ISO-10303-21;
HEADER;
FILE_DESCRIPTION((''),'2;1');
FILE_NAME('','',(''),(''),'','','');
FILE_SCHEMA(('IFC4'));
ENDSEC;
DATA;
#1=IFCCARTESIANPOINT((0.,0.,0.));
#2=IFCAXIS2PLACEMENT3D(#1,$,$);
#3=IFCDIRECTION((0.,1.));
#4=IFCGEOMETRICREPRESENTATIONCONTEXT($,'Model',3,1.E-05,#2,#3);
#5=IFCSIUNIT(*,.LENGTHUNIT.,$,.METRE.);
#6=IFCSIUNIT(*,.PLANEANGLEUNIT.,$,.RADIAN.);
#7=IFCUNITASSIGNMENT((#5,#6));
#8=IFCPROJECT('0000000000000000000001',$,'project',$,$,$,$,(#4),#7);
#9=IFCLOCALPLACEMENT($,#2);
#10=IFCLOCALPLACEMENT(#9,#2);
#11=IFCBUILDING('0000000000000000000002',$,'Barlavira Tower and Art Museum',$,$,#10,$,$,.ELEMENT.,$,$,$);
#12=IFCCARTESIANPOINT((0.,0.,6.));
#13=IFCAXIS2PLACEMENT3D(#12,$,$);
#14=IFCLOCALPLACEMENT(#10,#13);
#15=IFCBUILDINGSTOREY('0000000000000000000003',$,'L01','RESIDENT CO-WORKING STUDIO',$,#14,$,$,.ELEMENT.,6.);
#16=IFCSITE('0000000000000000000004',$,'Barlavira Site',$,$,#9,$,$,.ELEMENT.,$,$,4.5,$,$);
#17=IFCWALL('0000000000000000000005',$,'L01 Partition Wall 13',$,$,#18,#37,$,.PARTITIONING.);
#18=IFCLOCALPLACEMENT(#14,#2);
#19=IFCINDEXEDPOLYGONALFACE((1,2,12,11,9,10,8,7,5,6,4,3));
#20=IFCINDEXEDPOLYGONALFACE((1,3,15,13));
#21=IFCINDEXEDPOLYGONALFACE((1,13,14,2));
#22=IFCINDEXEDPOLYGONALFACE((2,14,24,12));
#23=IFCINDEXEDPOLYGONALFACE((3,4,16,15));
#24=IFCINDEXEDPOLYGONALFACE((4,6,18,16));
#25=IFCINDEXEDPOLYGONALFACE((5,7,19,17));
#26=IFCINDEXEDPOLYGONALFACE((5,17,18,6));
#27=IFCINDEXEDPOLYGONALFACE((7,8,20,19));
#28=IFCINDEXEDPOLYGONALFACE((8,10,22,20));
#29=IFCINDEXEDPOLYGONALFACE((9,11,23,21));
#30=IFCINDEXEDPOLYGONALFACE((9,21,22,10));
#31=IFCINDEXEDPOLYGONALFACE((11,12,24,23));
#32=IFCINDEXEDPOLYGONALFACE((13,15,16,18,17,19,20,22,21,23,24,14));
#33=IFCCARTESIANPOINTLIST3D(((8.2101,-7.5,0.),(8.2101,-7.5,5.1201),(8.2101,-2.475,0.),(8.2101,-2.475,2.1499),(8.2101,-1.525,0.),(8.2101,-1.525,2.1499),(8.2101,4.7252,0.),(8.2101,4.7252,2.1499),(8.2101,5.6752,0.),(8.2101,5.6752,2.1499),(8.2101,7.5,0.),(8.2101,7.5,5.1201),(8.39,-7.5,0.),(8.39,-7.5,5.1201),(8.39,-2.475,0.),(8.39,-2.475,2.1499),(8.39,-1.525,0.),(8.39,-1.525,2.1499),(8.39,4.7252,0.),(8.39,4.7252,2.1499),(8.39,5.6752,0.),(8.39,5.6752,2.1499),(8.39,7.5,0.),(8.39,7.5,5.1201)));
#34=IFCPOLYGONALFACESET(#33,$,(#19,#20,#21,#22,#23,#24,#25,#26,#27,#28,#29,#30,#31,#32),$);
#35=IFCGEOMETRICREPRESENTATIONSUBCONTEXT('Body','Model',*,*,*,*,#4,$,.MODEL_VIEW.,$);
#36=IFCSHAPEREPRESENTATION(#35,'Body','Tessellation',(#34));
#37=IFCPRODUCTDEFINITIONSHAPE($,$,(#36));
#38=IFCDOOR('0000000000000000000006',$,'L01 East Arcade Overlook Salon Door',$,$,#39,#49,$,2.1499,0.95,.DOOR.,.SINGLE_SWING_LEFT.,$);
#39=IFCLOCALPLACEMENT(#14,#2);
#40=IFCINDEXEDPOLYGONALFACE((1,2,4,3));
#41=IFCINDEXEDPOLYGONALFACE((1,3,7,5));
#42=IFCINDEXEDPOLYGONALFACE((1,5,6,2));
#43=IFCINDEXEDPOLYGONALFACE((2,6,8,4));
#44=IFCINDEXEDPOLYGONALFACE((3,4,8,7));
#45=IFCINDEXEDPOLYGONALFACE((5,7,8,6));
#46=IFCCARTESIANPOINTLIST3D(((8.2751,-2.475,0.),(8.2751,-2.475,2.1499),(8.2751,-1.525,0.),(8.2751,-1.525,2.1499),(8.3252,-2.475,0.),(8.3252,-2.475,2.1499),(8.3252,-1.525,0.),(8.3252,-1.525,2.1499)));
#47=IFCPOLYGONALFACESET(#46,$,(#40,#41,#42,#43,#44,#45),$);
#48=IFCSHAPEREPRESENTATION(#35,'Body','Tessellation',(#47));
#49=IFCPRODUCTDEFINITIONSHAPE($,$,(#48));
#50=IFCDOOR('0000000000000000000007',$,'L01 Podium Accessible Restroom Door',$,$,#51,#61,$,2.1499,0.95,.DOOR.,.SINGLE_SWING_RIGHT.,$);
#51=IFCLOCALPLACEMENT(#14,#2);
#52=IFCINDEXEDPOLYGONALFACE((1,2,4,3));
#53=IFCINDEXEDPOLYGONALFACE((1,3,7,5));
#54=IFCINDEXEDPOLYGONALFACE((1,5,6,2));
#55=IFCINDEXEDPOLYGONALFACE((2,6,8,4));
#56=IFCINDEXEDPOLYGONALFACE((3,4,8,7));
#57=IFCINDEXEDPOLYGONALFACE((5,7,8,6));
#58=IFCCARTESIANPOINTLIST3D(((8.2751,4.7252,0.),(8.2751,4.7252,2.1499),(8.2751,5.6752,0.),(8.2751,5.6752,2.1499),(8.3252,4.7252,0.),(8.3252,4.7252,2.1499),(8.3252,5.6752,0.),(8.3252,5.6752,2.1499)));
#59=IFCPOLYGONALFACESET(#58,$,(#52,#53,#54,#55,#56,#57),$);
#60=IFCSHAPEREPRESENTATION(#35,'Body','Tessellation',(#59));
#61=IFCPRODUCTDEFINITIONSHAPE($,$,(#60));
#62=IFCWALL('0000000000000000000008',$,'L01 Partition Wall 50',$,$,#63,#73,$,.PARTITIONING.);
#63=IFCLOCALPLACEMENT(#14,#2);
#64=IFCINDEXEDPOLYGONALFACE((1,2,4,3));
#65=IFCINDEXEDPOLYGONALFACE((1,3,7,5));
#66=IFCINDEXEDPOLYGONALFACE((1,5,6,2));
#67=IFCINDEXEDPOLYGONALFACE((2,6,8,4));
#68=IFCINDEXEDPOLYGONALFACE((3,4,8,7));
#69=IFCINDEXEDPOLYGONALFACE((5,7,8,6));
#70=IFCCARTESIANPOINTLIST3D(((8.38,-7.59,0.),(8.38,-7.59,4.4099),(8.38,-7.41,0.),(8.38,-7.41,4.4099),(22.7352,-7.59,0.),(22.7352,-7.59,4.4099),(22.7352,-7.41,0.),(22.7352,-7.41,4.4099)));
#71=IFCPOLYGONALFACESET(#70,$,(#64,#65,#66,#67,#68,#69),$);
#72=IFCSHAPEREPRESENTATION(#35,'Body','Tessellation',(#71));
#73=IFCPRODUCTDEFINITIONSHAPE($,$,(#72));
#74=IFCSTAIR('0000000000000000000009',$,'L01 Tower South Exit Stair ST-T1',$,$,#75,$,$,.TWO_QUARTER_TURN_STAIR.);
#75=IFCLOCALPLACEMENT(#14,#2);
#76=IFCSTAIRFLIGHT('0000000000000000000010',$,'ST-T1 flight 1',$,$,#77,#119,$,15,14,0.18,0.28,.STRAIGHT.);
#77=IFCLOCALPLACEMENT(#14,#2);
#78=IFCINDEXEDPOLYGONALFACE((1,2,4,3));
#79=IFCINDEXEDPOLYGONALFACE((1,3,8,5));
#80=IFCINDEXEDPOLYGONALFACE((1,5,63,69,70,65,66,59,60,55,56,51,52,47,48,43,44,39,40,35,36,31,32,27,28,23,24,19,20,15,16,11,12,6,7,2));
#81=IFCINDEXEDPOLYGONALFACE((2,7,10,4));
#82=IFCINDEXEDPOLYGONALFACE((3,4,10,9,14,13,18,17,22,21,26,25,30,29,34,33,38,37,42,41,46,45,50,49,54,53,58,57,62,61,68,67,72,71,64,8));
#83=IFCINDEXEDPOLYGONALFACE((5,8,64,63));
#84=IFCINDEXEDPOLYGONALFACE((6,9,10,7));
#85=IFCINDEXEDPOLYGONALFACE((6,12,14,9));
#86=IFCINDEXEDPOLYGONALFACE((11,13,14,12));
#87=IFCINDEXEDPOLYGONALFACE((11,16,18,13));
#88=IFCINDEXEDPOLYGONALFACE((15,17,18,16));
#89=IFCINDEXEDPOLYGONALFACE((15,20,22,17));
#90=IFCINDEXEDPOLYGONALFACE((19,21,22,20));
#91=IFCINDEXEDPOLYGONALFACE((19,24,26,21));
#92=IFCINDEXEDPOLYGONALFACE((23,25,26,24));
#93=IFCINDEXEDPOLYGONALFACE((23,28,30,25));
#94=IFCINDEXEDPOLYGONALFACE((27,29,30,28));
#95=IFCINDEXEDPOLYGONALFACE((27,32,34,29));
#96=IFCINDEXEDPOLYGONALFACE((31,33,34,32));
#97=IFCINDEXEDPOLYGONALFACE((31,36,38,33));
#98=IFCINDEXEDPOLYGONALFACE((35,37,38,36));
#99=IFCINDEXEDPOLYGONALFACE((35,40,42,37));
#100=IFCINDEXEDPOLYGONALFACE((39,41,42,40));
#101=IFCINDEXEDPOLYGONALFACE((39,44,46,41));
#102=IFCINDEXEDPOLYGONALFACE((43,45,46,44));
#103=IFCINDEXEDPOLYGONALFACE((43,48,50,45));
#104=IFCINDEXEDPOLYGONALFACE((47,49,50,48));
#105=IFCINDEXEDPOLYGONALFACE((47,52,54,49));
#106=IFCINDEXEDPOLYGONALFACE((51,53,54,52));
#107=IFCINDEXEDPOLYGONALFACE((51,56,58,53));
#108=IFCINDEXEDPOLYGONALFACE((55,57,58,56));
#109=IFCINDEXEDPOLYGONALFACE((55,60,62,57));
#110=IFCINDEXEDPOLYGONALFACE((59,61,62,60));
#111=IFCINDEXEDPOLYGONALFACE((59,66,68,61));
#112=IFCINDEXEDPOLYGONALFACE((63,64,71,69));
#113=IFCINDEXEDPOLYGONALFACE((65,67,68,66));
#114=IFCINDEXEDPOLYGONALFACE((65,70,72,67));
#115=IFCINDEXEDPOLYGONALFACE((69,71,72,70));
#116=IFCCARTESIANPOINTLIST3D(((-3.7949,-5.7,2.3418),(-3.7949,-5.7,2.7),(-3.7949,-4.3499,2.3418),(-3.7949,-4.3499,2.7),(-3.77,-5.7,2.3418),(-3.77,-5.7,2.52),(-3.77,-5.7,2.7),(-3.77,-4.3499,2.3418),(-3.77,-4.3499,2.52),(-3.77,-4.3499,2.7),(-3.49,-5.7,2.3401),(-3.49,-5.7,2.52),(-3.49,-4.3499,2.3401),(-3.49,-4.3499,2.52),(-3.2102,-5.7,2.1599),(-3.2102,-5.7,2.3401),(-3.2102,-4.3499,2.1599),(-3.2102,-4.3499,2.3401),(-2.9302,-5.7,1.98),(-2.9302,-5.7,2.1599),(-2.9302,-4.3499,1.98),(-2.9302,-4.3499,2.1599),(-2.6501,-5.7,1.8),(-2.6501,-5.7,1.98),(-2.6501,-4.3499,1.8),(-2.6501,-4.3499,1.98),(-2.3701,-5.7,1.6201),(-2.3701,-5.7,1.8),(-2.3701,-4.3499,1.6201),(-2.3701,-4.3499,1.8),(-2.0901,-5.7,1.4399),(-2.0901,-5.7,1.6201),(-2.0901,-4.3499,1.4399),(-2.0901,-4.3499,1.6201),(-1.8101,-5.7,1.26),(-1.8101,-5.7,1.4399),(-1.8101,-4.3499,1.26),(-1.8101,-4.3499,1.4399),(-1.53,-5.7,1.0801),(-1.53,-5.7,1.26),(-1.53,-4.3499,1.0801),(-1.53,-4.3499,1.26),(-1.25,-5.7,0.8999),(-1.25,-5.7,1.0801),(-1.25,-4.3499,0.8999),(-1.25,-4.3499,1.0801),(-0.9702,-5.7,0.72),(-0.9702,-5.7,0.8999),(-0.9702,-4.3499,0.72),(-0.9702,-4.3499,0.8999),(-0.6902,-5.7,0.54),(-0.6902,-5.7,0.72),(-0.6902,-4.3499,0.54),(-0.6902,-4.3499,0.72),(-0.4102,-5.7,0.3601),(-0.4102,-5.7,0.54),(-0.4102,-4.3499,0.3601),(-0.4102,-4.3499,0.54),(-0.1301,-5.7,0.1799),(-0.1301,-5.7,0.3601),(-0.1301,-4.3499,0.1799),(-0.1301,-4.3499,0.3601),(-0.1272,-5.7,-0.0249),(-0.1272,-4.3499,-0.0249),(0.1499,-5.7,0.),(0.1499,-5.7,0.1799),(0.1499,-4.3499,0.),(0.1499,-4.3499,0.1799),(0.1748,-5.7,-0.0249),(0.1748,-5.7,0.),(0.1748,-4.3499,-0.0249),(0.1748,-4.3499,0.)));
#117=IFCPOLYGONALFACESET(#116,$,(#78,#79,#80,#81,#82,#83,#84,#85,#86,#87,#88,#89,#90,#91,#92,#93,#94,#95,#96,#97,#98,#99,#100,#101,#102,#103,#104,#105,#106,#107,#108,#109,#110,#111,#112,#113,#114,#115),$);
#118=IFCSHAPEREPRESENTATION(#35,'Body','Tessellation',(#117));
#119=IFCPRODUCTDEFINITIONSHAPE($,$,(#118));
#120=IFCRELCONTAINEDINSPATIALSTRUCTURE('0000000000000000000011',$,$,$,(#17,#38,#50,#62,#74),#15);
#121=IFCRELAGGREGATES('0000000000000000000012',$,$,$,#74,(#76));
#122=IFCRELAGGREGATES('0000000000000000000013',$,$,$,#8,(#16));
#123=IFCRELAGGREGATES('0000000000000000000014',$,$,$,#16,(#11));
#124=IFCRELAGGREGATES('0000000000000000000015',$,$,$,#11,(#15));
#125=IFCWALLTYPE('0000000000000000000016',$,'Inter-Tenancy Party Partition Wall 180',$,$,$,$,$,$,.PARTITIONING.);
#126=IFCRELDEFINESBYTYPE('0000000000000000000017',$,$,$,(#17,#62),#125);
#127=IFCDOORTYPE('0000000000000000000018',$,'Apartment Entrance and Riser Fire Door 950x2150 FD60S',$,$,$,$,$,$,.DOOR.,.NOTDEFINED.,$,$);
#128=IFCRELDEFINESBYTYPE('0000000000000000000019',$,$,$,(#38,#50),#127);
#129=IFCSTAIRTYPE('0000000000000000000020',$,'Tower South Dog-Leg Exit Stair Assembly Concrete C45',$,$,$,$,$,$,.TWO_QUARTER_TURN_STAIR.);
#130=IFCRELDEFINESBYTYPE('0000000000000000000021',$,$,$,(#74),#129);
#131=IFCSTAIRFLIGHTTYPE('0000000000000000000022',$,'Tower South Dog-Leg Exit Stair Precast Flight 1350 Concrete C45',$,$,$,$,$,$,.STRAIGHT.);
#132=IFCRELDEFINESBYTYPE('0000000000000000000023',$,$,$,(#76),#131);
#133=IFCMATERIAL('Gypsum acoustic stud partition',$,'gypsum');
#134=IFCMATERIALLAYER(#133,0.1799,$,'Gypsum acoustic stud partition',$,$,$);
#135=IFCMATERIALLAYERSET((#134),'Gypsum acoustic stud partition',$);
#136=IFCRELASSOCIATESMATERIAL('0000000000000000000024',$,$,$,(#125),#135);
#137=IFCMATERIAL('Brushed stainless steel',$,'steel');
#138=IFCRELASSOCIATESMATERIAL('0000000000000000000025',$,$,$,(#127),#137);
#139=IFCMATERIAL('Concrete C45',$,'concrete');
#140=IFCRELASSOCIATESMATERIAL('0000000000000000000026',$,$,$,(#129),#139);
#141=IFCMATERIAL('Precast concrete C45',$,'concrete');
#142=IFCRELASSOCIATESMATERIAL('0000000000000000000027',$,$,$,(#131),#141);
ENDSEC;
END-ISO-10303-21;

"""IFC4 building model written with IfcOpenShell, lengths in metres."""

from ifc_helpers import new_model, si_unit, direction, frame, frame_2d, origin, place, context, subcontext, project, spatial, polyline, rectangle, outline, extrude, material, layer, layer_set, type_object, element, fill, aggregate, save


model = new_model("IFC4")

# Units and contexts
model_context = context("Model", 3, precision=1e-05, world=origin(), true_north=direction((0.0, 1.0)))
body_context = subcontext(model_context, "Body", "Model", "MODEL_VIEW")
ifc_project = project(units=[si_unit("LENGTHUNIT", "METRE"), si_unit("PLANEANGLEUNIT", "RADIAN")], contexts=[model_context])

# Site, building, storey
site_placement = place(None, origin())
site = spatial("IfcSite", under=ifc_project, at=site_placement, Name="Barlavira Site", CompositionType="ELEMENT", RefElevation=4.5)
building_placement = place(site_placement, origin())
building = spatial("IfcBuilding", under=site, at=building_placement, Name="Barlavira Tower and Art Museum", CompositionType="ELEMENT")
storey_placement = place(building_placement, frame((0.0, 0.0, 6.0)))
storey = spatial("IfcBuildingStorey", under=building, at=storey_placement, Name="L01", Description="RESIDENT CO-WORKING STUDIO", CompositionType="ELEMENT", Elevation=6.0)

# Shared definitions
ifc_material_1 = material(Name="Brushed stainless steel", Category="steel")

# Wall, openings, doors
ifc_material_2 = material(Name="Gypsum acoustic stud partition", Category="gypsum")
ifc_layer_1 = layer(ifc_material_2, 0.1799, Name="Gypsum acoustic stud partition")
ifc_layer_set_1 = layer_set([ifc_layer_1], Name="Gypsum acoustic stud partition")
wall_type_1 = type_object("IfcWallType", Name="Inter-Tenancy Party Partition Wall 180", PredefinedType="PARTITIONING", material=ifc_layer_set_1)
wall_1_placement = place(storey_placement, frame((8.3, -7.5, 0.0), z_axis=(0.0, 0.0, 1.0), x_axis=(0.0, 1.0, 0.0)))
wall_1 = element("IfcWall", 1, at=wall_1_placement, inside=storey, type_object=wall_type_1, Name="L01 Partition Wall 13", PredefinedType="PARTITIONING", context=body_context, shape_type="SweptSolid", body=[
    extrude(rectangle(XDim=15.0, YDim=0.1799, at=frame_2d((7.5, 0.0))), origin(), (0.0, 0.0, 1.0), 5.1201),
])
opening_1_placement = place(wall_1_placement, frame((5.0249, 0.0, 0.0)))
opening_1 = element("IfcOpeningElement", 2, at=opening_1_placement, cuts=wall_1, PredefinedType="OPENING", context=body_context, shape_type="SweptSolid", body=[
    extrude(rectangle(XDim=0.95, YDim=2.1499, at=frame_2d((0.4751, 1.075))), frame((0.0, 0.1001, 0.0), z_axis=(0.0, -1.0, 0.0), x_axis=(1.0, 0.0, 0.0)), (0.0, 0.0, 1.0), 0.2),
])
opening_2_placement = place(wall_1_placement, frame((12.2251, 0.0, 0.0)))
opening_2 = element("IfcOpeningElement", 3, at=opening_2_placement, cuts=wall_1, PredefinedType="OPENING", context=body_context, shape_type="SweptSolid", body=[
    extrude(rectangle(XDim=0.95, YDim=2.1499, at=frame_2d((0.4751, 1.075))), frame((0.0, 0.1001, 0.0), z_axis=(0.0, -1.0, 0.0), x_axis=(1.0, 0.0, 0.0)), (0.0, 0.0, 1.0), 0.2),
])
door_type_1 = type_object("IfcDoorType", Name="Apartment Entrance and Riser Fire Door 950x2150 FD60S", OperationType="NOTDEFINED", PredefinedType="DOOR", material=ifc_material_1)
door_1_placement = place(opening_1_placement, origin())
door_1 = element("IfcDoor", 4, at=door_1_placement, inside=storey, type_object=door_type_1, Name="L01 East Arcade Overlook Salon Door", OperationType="SINGLE_SWING_LEFT", OverallHeight=2.1499, OverallWidth=0.95, PredefinedType="DOOR", context=body_context, shape_type="SweptSolid", body=[
    extrude(rectangle(XDim=0.95, YDim=2.1499, at=frame_2d((0.4751, 1.075))), frame((0.0, 0.0249, 0.0), z_axis=(0.0, -1.0, 0.0), x_axis=(1.0, 0.0, 0.0)), (0.0, 0.0, 1.0), 0.05),
])
fill(opening_1, door_1)
door_2_placement = place(opening_2_placement, origin())
door_2 = element("IfcDoor", 5, at=door_2_placement, inside=storey, type_object=door_type_1, Name="L01 Podium Accessible Restroom Door", OperationType="SINGLE_SWING_RIGHT", OverallHeight=2.1499, OverallWidth=0.95, PredefinedType="DOOR", context=body_context, shape_type="SweptSolid", body=[
    extrude(rectangle(XDim=0.95, YDim=2.1499, at=frame_2d((0.4751, 1.075))), frame((0.0, 0.0249, 0.0), z_axis=(0.0, -1.0, 0.0), x_axis=(1.0, 0.0, 0.0)), (0.0, 0.0, 1.0), 0.05),
])
fill(opening_2, door_2)

# Wall
wall_2_placement = place(storey_placement, frame((8.3799, -7.5, 0.0), z_axis=(0.0, 0.0, 1.0), x_axis=(1.0, 0.0, 0.0)))
element("IfcWall", 6, at=wall_2_placement, inside=storey, type_object=wall_type_1, Name="L01 Partition Wall 50", PredefinedType="PARTITIONING", context=body_context, shape_type="SweptSolid", body=[
    extrude(rectangle(XDim=14.3552, YDim=0.1799, at=frame_2d((7.1777, 0.0))), origin(), (0.0, 0.0, 1.0), 4.4099),
])

# Stair, stair flight
ifc_material_3 = material(Name="Concrete C45", Category="concrete")
stair_type = type_object("IfcStairType", Name="Tower South Dog-Leg Exit Stair Assembly Concrete C45", PredefinedType="TWO_QUARTER_TURN_STAIR", material=ifc_material_3)
stair_placement = place(storey_placement, origin())
stair = element("IfcStair", 7, at=stair_placement, inside=storey, type_object=stair_type, Name="L01 Tower South Exit Stair ST-T1", PredefinedType="TWO_QUARTER_TURN_STAIR")
ifc_material_4 = material(Name="Precast concrete C45", Category="concrete")
stair_flight_type = type_object("IfcStairFlightType", Name="Tower South Dog-Leg Exit Stair Precast Flight 1350 Concrete C45", PredefinedType="STRAIGHT", material=ifc_material_4)
stair_flight_placement = place(storey_placement, frame((0.1499, -5.0249, 0.0), z_axis=(0.0, 0.0, 1.0), x_axis=(-1.0, 0.0, 0.0)))
stair_flight = element("IfcStairFlight", 8, at=stair_flight_placement, type_object=stair_flight_type, Name="ST-T1 flight 1", NumberOfRisers=15, NumberOfTreads=14, PredefinedType="STRAIGHT", RiserHeight=0.18, TreadLength=0.28, context=body_context, shape_type="SweptSolid", body=[
    extrude(outline(polyline([(-0.0249, 0.0), (0.0, 0.0), (0.0, 0.1799), (0.28, 0.1799), (0.28, 0.3601), (0.5601, 0.3601), (0.5601, 0.54), (0.8401, 0.54), (0.8401, 0.72), (1.1201, 0.72), (1.1201, 0.8999), (1.3999, 0.8999), (1.3999, 1.0801), (1.6799, 1.0801), (1.6799, 1.26), (1.96, 1.26), (1.96, 1.4399), (2.24, 1.4399), (2.24, 1.6201), (2.52, 1.6201), (2.52, 1.8), (2.8, 1.8), (2.8, 1.98), (3.0801, 1.98), (3.0801, 2.1599), (3.3601, 2.1599), (3.3601, 2.3401), (3.6399, 2.3401), (3.6399, 2.52), (3.9199, 2.52), (3.9199, 2.7), (3.9448, 2.7), (3.9448, 2.3418), (3.9199, 2.3418), (0.2771, -0.0249), (-0.0249, -0.0249), (-0.0249, 0.0)])), frame((0.0, 0.675, 0.0), z_axis=(0.0, -1.0, 0.0), x_axis=(1.0, 0.0, 0.0)), (0.0, 0.0, 1.0), 1.3501),
])
aggregate(stair, [stair_flight])

save(model, "model.ifc")
